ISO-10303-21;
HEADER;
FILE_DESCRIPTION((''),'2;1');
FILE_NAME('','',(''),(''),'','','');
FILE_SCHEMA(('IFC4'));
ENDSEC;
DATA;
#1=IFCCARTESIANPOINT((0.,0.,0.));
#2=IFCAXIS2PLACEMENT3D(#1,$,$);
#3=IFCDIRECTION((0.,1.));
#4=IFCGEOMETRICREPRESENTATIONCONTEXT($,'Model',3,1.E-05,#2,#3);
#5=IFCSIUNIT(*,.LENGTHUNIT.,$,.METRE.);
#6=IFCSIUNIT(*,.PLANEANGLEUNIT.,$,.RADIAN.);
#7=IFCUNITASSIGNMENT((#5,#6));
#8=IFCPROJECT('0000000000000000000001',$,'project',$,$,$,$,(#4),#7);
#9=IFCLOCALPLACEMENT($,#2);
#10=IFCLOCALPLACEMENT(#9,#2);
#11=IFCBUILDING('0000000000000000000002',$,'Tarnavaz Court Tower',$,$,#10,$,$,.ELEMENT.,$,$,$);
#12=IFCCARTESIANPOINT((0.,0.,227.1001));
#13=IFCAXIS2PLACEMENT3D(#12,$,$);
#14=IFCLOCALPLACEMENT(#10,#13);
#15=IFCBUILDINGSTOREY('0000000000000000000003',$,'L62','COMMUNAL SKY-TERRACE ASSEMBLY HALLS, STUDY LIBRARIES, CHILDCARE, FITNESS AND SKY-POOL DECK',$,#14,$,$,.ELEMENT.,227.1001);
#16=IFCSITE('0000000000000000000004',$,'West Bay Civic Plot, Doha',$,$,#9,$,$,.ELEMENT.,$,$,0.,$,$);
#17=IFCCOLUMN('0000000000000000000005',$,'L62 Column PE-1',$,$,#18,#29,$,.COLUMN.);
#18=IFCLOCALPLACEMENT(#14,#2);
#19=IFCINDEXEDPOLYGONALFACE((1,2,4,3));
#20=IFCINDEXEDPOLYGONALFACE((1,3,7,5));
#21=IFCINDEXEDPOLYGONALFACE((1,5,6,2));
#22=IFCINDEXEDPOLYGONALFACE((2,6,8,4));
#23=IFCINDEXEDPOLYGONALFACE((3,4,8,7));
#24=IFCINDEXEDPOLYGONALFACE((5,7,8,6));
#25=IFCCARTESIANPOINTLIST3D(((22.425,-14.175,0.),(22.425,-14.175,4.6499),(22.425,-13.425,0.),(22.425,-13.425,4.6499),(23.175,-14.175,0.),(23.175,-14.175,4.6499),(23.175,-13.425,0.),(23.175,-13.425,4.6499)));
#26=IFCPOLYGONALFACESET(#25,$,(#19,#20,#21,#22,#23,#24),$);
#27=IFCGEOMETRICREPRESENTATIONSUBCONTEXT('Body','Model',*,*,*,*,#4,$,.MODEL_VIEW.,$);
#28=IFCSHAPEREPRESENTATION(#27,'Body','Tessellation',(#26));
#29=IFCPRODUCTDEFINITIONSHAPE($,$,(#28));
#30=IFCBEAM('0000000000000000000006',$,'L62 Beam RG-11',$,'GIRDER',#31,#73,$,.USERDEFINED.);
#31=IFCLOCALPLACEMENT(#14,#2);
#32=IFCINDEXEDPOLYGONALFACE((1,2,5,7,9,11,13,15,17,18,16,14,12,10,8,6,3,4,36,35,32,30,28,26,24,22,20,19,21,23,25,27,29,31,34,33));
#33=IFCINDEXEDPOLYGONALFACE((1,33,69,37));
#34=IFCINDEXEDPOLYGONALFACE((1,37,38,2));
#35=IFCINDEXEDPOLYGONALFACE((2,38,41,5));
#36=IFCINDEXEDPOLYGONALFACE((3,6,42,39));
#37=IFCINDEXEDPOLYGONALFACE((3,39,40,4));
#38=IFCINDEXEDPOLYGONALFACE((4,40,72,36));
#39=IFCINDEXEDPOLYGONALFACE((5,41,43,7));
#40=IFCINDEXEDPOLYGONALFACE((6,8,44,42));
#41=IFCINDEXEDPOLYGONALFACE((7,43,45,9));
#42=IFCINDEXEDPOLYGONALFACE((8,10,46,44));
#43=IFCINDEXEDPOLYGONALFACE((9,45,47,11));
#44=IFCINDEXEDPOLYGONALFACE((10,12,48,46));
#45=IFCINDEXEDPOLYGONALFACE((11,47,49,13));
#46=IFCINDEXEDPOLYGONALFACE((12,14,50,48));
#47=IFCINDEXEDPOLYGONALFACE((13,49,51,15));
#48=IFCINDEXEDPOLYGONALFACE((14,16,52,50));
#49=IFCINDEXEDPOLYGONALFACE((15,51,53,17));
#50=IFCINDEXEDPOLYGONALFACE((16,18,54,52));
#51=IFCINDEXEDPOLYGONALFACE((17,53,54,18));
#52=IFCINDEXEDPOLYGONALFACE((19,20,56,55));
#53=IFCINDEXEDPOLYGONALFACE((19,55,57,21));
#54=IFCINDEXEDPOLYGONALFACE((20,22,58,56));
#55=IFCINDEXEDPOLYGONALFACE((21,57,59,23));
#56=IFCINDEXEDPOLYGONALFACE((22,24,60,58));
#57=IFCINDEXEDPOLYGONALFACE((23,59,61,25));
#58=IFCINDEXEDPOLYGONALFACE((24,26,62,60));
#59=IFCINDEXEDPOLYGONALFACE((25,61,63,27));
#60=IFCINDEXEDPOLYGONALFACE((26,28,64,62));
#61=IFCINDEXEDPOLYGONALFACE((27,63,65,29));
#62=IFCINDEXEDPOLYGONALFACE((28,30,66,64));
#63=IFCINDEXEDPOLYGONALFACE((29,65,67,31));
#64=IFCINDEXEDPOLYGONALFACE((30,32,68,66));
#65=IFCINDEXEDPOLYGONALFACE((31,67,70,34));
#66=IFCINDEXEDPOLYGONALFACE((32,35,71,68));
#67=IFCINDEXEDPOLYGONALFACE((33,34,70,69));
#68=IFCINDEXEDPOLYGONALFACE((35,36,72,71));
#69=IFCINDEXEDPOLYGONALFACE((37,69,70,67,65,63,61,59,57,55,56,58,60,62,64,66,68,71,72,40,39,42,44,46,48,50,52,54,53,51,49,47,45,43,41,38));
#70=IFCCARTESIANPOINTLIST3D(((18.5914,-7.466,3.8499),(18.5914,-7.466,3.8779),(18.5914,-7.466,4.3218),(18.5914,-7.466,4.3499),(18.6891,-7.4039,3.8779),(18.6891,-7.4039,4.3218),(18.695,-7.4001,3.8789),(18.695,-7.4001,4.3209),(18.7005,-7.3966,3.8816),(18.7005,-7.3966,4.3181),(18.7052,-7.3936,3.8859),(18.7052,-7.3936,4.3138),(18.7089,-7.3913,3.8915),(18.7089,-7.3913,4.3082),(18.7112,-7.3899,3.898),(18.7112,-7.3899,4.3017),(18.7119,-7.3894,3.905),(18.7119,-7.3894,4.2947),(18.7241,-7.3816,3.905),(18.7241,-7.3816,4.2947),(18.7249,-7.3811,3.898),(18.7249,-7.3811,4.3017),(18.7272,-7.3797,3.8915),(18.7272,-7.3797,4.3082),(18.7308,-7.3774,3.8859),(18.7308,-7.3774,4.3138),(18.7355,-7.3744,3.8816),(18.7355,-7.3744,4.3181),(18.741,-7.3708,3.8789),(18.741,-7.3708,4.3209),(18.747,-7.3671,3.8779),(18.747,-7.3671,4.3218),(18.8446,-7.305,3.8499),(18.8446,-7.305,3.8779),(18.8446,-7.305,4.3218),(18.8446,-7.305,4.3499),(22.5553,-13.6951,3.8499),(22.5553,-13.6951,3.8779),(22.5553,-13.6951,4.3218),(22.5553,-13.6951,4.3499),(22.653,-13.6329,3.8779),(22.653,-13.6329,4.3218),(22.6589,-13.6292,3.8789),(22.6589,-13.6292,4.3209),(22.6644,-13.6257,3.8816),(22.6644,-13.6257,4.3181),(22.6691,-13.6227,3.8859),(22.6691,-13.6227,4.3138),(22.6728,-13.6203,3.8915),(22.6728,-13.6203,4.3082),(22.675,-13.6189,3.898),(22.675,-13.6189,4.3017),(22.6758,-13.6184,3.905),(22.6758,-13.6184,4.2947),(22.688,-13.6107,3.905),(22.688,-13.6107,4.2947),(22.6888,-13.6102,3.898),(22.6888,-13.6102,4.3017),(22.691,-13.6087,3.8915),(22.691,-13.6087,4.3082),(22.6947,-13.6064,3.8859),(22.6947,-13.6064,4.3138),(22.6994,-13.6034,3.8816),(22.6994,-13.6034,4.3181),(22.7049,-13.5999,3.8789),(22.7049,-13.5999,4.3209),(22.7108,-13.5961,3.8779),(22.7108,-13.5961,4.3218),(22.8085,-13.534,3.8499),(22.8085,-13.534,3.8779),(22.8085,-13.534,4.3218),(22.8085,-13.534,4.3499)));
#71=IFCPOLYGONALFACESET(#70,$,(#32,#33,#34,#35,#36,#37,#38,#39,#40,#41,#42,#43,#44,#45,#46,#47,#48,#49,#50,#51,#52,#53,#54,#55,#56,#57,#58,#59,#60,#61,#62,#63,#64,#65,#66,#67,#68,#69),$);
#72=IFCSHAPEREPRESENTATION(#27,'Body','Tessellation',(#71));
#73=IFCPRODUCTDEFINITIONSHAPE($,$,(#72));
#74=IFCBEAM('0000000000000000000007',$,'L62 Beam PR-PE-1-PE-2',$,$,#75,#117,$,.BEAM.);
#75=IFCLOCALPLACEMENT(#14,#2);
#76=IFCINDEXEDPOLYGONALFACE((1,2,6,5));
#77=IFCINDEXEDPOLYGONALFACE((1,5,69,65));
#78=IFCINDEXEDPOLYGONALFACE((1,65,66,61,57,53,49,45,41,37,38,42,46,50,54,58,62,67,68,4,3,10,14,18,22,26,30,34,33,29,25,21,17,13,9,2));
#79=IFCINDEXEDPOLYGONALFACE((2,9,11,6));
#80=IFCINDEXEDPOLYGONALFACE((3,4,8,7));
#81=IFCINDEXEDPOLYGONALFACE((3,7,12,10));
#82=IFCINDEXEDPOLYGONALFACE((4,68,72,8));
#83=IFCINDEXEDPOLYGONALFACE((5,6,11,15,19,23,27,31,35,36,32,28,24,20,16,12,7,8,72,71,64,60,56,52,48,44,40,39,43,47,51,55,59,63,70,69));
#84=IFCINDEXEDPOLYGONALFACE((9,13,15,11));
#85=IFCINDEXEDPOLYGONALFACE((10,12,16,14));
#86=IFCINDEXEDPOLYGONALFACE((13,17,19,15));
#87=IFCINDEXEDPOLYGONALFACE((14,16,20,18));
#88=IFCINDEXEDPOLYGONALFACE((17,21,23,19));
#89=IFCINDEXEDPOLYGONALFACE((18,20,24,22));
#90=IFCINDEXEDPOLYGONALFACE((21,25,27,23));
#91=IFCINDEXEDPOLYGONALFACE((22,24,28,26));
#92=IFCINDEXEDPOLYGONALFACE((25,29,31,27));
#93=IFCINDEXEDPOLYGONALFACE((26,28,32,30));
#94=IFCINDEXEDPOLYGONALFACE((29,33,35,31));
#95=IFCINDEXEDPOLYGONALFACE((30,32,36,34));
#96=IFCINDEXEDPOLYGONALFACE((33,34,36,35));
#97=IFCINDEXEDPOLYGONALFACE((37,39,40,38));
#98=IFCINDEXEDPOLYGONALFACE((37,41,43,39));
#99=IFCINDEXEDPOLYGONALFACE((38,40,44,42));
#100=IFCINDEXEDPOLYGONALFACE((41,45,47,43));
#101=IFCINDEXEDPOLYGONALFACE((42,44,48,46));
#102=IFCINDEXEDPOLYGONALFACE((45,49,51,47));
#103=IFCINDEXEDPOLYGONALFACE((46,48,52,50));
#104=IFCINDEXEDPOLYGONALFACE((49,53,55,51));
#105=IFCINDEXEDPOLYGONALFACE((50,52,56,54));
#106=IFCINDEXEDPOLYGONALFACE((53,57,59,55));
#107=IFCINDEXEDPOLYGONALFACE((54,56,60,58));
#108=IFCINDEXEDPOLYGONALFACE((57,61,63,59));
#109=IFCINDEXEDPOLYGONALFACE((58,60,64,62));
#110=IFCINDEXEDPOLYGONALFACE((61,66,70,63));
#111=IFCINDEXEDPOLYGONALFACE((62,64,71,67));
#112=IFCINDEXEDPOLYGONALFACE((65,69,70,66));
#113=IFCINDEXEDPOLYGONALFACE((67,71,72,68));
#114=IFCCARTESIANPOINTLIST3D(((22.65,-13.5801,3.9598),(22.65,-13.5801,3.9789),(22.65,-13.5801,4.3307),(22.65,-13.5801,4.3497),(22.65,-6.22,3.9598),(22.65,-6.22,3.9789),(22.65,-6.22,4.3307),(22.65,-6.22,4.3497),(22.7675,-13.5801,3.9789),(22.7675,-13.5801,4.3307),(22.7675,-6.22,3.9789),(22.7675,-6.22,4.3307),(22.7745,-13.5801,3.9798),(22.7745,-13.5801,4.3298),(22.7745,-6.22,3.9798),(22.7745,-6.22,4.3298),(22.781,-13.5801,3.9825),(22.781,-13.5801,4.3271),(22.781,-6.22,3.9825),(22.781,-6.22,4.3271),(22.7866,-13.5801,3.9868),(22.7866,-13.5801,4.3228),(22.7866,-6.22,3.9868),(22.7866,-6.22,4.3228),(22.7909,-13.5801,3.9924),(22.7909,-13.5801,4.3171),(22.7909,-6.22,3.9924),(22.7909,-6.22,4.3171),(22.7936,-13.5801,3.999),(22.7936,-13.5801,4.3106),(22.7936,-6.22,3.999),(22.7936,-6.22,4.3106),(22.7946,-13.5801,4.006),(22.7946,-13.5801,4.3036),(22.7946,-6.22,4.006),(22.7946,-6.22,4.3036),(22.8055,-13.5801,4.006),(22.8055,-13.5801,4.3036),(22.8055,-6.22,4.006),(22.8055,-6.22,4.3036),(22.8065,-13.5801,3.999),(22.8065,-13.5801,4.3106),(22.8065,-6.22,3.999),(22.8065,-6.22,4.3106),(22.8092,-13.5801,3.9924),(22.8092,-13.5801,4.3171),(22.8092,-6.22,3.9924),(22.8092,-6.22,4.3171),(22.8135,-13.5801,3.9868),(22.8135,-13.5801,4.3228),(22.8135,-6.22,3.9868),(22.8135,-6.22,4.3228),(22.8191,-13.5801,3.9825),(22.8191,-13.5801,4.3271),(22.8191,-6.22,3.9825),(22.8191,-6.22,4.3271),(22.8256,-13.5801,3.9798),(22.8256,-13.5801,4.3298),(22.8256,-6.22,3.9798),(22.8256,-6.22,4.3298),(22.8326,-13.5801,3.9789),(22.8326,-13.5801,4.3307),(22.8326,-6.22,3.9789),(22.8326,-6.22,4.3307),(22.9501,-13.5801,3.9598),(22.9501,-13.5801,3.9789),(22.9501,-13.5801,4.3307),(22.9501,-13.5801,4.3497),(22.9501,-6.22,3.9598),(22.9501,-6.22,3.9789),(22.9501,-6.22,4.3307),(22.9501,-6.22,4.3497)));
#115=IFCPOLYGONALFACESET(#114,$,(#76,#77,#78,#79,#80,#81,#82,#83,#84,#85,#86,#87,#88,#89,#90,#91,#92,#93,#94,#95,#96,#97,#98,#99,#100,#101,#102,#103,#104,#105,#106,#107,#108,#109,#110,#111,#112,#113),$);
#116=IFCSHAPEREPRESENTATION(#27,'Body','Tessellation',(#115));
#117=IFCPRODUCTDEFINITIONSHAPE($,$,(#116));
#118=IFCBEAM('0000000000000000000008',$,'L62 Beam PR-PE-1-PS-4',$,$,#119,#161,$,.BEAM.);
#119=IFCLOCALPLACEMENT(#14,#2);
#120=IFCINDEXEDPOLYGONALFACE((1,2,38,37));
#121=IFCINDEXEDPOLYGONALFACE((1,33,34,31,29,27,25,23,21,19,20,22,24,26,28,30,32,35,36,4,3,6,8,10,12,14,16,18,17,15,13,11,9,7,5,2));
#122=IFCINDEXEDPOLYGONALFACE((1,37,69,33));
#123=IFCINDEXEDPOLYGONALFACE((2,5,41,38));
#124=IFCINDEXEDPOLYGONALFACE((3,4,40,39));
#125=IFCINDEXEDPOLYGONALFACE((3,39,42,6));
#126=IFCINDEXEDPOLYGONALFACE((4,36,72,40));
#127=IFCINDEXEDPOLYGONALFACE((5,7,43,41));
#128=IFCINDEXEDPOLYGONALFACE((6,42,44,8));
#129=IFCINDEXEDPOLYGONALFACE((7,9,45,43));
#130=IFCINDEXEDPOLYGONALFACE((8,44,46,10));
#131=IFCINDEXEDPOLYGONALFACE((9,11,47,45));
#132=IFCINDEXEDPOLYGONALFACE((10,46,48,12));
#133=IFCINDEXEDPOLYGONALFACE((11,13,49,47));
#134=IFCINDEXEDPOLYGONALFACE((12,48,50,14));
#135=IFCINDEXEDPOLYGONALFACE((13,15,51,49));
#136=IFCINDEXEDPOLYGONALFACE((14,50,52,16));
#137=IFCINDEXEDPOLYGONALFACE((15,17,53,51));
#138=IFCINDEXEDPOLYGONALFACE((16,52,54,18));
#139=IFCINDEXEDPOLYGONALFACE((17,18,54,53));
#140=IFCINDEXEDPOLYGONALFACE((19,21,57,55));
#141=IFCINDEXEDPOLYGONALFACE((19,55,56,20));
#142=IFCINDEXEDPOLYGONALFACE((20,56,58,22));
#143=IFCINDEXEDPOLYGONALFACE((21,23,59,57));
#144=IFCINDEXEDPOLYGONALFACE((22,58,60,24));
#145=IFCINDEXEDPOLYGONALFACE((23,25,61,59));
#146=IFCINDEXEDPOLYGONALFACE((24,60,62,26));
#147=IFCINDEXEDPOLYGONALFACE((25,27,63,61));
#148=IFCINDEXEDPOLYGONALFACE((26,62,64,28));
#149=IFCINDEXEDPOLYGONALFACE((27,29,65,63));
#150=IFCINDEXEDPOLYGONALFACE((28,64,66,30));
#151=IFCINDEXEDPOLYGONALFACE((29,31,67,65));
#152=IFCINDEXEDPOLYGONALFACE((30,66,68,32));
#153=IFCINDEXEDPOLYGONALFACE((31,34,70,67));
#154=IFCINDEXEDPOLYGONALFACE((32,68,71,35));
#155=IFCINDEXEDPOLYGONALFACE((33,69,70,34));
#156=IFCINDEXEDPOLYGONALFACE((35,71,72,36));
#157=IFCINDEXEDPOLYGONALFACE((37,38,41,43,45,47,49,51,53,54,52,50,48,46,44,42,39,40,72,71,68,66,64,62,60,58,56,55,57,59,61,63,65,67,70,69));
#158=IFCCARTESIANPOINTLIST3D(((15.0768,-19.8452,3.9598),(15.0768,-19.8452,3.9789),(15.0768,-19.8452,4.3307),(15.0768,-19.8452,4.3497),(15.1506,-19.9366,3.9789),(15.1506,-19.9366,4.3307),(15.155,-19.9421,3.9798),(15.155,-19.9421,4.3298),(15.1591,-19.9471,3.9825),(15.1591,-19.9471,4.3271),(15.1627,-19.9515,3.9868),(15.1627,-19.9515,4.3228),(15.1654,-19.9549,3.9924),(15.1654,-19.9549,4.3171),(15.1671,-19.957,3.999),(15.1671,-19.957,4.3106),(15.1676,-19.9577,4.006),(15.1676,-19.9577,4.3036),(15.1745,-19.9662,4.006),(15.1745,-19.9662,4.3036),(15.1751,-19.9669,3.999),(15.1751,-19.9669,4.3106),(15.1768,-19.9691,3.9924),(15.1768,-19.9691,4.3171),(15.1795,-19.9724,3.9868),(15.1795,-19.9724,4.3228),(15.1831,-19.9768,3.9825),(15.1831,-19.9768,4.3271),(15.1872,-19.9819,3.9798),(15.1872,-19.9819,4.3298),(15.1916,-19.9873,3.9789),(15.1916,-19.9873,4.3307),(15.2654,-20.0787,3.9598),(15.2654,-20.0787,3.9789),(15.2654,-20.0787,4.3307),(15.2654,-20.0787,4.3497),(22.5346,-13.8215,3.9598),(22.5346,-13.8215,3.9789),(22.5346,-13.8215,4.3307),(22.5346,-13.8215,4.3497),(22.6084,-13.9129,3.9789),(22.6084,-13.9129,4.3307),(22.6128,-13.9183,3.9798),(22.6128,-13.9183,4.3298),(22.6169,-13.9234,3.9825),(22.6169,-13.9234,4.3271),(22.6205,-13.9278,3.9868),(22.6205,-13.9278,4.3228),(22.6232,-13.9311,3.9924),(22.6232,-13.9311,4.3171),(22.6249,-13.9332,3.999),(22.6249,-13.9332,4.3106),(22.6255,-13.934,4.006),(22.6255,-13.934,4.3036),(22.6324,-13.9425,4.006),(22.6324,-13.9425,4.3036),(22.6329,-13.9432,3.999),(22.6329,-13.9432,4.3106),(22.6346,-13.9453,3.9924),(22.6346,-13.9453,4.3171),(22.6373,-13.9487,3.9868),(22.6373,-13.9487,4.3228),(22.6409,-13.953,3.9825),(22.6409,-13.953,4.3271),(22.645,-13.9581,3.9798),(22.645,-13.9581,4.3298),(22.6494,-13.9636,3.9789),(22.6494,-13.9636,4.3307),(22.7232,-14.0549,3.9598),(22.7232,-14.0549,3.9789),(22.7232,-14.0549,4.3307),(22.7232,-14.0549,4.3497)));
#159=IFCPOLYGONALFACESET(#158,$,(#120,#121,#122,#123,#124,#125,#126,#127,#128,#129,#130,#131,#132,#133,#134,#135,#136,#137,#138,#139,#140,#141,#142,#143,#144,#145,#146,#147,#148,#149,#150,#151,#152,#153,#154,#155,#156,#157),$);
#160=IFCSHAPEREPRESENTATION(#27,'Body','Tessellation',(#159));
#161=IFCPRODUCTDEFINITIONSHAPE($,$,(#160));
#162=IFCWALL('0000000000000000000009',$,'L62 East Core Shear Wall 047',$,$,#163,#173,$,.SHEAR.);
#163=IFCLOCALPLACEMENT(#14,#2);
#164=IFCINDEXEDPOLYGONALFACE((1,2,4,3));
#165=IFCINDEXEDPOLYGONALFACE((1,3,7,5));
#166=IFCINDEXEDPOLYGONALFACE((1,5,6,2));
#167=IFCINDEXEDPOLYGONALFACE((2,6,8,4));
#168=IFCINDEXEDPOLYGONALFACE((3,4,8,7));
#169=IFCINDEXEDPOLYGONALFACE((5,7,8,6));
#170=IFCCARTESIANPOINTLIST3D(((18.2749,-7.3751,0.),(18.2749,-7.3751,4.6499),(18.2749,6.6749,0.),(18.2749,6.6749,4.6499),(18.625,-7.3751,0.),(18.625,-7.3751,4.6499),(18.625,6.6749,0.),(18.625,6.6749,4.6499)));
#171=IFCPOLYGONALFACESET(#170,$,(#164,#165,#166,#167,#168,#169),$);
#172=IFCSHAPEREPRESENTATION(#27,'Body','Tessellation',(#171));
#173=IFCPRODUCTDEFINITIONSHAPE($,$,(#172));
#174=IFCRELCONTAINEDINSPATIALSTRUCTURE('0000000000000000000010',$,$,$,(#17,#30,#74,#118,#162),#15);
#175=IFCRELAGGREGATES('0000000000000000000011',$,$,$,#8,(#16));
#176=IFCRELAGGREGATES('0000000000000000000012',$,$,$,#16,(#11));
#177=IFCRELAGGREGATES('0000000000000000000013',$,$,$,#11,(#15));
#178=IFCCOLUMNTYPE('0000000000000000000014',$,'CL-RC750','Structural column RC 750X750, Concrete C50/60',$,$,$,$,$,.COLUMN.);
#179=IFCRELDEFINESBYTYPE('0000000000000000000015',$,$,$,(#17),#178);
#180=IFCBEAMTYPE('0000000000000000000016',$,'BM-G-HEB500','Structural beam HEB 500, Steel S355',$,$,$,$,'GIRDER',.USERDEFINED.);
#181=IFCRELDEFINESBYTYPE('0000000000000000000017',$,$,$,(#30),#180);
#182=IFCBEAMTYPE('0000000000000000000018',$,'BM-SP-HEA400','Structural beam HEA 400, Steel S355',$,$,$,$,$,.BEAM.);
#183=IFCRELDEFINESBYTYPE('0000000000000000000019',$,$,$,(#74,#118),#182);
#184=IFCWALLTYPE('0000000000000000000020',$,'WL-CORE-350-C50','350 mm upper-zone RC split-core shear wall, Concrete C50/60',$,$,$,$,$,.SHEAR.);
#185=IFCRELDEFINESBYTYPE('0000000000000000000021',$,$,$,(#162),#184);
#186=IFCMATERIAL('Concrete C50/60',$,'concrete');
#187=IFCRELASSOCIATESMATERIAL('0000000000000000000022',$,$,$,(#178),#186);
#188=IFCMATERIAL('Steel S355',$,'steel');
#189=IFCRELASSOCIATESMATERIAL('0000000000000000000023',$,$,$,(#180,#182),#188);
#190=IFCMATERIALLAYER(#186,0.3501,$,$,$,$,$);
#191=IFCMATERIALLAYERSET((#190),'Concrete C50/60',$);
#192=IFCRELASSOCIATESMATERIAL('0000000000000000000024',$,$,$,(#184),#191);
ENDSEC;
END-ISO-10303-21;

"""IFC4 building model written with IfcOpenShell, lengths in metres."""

from ifc_helpers import new_model, si_unit, direction, frame, frame_2d, origin, origin_2d, place, context, subcontext, project, spatial, rectangle, i_section, extrude, material, layer, layer_set, material_profile, profile_set, type_object, element, save


model = new_model("IFC4")

# Units and contexts
model_context = context("Model", 3, precision=1e-05, world=origin(), true_north=direction((0.0, 1.0)))
body_context = subcontext(model_context, "Body", "Model", "MODEL_VIEW")
ifc_project = project(units=[si_unit("LENGTHUNIT", "METRE"), si_unit("PLANEANGLEUNIT", "RADIAN")], contexts=[model_context])

# Site, building, storey
site_placement = place(None, origin())
site = spatial("IfcSite", under=ifc_project, at=site_placement, Name="West Bay Civic Plot, Doha", CompositionType="ELEMENT", RefElevation=0.0)
building_placement = place(site_placement, origin())
building = spatial("IfcBuilding", under=site, at=building_placement, Name="Tarnavaz Court Tower", CompositionType="ELEMENT")
storey_placement = place(building_placement, frame((0.0, 0.0, 227.1001)))
storey = spatial("IfcBuildingStorey", under=building, at=storey_placement, Name="L62", Description="COMMUNAL SKY-TERRACE ASSEMBLY HALLS, STUDY LIBRARIES, CHILDCARE, FITNESS AND SKY-POOL DECK", CompositionType="ELEMENT", Elevation=227.1001)

# Column
ifc_material_1 = material(Name="Concrete C50/60", Category="concrete")
ifc_material_profile_1 = material_profile(ifc_material_1, rectangle(XDim=0.75, YDim=0.75, at=origin_2d()), Name="RC 750X750")
ifc_profile_set_1 = profile_set([ifc_material_profile_1], Name="Concrete C50/60")
column_type = type_object("IfcColumnType", Name="CL-RC750", Description="Structural column RC 750X750, Concrete C50/60", PredefinedType="COLUMN", material=ifc_profile_set_1)
column_placement = place(storey_placement, frame((22.8, -13.8, 0.0), z_axis=(0.0, 0.0, 1.0), x_axis=(1.0, 0.0, 0.0)))
element("IfcColumn", 1, at=column_placement, inside=storey, type_object=column_type, Name="L62 Column PE-1", PredefinedType="COLUMN", context=body_context, shape_type="SweptSolid", body=[
    extrude(rectangle(XDim=0.75, YDim=0.75, at=origin_2d()), origin(), (0.0, 0.0, 1.0), 4.6499),
])

# Beams
ifc_material_2 = material(Name="Steel S355", Category="steel")
ifc_material_profile_2 = material_profile(ifc_material_2, i_section(OverallWidth=0.3, OverallDepth=0.5, WebThickness=0.0144, FlangeThickness=0.0281, FilletRadius=0.0271, at=origin_2d()), Name="HEB 500")
ifc_profile_set_2 = profile_set([ifc_material_profile_2], Name="Steel S355")
beam_type_1 = type_object("IfcBeamType", Name="BM-G-HEB500", Description="Structural beam HEB 500, Steel S355", ElementType="GIRDER", PredefinedType="USERDEFINED", material=ifc_profile_set_2)
beam_1_placement = place(storey_placement, frame((18.718, -7.3855, 4.0999), z_axis=(0.536871, -0.843664, 0.0), x_axis=(0.843664, 0.536871, 0.0)))
element("IfcBeam", 2, at=beam_1_placement, inside=storey, type_object=beam_type_1, Name="L62 Beam RG-11", ObjectType="GIRDER", PredefinedType="USERDEFINED", context=body_context, shape_type="SweptSolid", body=[
    extrude(i_section(OverallWidth=0.3, OverallDepth=0.5, WebThickness=0.0144, FlangeThickness=0.0281, FilletRadius=0.0271, at=origin_2d()), origin(), (0.0, 0.0, 1.0), 7.3833),
])
ifc_material_profile_3 = material_profile(ifc_material_2, i_section(OverallWidth=0.3, OverallDepth=0.3899, WebThickness=0.011, FlangeThickness=0.019, FilletRadius=0.0271, at=origin_2d()), Name="HEA 400")
ifc_profile_set_3 = profile_set([ifc_material_profile_3], Name="Steel S355")
beam_type_2 = type_object("IfcBeamType", Name="BM-SP-HEA400", Description="Structural beam HEA 400, Steel S355", PredefinedType="BEAM", material=ifc_profile_set_3)
beam_2_placement = place(storey_placement, frame((22.8, -13.5801, 4.1548), z_axis=(0.0, 1.0, 0.0), x_axis=(-1.0, 0.0, 0.0)))
element("IfcBeam", 3, at=beam_2_placement, inside=storey, type_object=beam_type_2, Name="L62 Beam PR-PE-1-PE-2", PredefinedType="BEAM", context=body_context, shape_type="SweptSolid", body=[
    extrude(i_section(OverallWidth=0.3, OverallDepth=0.3899, WebThickness=0.011, FlangeThickness=0.019, FilletRadius=0.0271, at=origin_2d()), origin(), (0.0, 0.0, 1.0), 7.3601),
])
beam_3_placement = place(storey_placement, frame((22.6289, -13.9382, 4.1548), z_axis=(-0.777936, -0.628344, 0.0), x_axis=(0.628344, -0.777936, 0.0)))
element("IfcBeam", 4, at=beam_3_placement, inside=storey, type_object=beam_type_2, Name="L62 Beam PR-PE-1-PS-4", PredefinedType="BEAM", context=body_context, shape_type="SweptSolid", body=[
    extrude(i_section(OverallWidth=0.3, OverallDepth=0.3899, WebThickness=0.011, FlangeThickness=0.019, FilletRadius=0.0271, at=origin_2d()), origin(), (0.0, 0.0, 1.0), 9.5867),
])

# Wall
ifc_layer_1 = layer(ifc_material_1, 0.3501)
ifc_layer_set_1 = layer_set([ifc_layer_1], Name="Concrete C50/60")
wall_type_1 = type_object("IfcWallType", Name="WL-CORE-350-C50", Description="350 mm upper-zone RC split-core shear wall, Concrete C50/60", PredefinedType="SHEAR", material=ifc_layer_set_1)
wall_1_placement = place(storey_placement, frame((18.45, -7.375, 0.0), z_axis=(0.0, 0.0, 1.0), x_axis=(0.0, 1.0, 0.0)))
element("IfcWall", 5, at=wall_1_placement, inside=storey, type_object=wall_type_1, Name="L62 East Core Shear Wall 047", PredefinedType="SHEAR", context=body_context, shape_type="SweptSolid", body=[
    extrude(rectangle(XDim=14.05, YDim=0.3501, at=frame_2d((7.0249, 0.0))), origin(), (0.0, 0.0, 1.0), 4.6499),
])

save(model, "model.ifc")
